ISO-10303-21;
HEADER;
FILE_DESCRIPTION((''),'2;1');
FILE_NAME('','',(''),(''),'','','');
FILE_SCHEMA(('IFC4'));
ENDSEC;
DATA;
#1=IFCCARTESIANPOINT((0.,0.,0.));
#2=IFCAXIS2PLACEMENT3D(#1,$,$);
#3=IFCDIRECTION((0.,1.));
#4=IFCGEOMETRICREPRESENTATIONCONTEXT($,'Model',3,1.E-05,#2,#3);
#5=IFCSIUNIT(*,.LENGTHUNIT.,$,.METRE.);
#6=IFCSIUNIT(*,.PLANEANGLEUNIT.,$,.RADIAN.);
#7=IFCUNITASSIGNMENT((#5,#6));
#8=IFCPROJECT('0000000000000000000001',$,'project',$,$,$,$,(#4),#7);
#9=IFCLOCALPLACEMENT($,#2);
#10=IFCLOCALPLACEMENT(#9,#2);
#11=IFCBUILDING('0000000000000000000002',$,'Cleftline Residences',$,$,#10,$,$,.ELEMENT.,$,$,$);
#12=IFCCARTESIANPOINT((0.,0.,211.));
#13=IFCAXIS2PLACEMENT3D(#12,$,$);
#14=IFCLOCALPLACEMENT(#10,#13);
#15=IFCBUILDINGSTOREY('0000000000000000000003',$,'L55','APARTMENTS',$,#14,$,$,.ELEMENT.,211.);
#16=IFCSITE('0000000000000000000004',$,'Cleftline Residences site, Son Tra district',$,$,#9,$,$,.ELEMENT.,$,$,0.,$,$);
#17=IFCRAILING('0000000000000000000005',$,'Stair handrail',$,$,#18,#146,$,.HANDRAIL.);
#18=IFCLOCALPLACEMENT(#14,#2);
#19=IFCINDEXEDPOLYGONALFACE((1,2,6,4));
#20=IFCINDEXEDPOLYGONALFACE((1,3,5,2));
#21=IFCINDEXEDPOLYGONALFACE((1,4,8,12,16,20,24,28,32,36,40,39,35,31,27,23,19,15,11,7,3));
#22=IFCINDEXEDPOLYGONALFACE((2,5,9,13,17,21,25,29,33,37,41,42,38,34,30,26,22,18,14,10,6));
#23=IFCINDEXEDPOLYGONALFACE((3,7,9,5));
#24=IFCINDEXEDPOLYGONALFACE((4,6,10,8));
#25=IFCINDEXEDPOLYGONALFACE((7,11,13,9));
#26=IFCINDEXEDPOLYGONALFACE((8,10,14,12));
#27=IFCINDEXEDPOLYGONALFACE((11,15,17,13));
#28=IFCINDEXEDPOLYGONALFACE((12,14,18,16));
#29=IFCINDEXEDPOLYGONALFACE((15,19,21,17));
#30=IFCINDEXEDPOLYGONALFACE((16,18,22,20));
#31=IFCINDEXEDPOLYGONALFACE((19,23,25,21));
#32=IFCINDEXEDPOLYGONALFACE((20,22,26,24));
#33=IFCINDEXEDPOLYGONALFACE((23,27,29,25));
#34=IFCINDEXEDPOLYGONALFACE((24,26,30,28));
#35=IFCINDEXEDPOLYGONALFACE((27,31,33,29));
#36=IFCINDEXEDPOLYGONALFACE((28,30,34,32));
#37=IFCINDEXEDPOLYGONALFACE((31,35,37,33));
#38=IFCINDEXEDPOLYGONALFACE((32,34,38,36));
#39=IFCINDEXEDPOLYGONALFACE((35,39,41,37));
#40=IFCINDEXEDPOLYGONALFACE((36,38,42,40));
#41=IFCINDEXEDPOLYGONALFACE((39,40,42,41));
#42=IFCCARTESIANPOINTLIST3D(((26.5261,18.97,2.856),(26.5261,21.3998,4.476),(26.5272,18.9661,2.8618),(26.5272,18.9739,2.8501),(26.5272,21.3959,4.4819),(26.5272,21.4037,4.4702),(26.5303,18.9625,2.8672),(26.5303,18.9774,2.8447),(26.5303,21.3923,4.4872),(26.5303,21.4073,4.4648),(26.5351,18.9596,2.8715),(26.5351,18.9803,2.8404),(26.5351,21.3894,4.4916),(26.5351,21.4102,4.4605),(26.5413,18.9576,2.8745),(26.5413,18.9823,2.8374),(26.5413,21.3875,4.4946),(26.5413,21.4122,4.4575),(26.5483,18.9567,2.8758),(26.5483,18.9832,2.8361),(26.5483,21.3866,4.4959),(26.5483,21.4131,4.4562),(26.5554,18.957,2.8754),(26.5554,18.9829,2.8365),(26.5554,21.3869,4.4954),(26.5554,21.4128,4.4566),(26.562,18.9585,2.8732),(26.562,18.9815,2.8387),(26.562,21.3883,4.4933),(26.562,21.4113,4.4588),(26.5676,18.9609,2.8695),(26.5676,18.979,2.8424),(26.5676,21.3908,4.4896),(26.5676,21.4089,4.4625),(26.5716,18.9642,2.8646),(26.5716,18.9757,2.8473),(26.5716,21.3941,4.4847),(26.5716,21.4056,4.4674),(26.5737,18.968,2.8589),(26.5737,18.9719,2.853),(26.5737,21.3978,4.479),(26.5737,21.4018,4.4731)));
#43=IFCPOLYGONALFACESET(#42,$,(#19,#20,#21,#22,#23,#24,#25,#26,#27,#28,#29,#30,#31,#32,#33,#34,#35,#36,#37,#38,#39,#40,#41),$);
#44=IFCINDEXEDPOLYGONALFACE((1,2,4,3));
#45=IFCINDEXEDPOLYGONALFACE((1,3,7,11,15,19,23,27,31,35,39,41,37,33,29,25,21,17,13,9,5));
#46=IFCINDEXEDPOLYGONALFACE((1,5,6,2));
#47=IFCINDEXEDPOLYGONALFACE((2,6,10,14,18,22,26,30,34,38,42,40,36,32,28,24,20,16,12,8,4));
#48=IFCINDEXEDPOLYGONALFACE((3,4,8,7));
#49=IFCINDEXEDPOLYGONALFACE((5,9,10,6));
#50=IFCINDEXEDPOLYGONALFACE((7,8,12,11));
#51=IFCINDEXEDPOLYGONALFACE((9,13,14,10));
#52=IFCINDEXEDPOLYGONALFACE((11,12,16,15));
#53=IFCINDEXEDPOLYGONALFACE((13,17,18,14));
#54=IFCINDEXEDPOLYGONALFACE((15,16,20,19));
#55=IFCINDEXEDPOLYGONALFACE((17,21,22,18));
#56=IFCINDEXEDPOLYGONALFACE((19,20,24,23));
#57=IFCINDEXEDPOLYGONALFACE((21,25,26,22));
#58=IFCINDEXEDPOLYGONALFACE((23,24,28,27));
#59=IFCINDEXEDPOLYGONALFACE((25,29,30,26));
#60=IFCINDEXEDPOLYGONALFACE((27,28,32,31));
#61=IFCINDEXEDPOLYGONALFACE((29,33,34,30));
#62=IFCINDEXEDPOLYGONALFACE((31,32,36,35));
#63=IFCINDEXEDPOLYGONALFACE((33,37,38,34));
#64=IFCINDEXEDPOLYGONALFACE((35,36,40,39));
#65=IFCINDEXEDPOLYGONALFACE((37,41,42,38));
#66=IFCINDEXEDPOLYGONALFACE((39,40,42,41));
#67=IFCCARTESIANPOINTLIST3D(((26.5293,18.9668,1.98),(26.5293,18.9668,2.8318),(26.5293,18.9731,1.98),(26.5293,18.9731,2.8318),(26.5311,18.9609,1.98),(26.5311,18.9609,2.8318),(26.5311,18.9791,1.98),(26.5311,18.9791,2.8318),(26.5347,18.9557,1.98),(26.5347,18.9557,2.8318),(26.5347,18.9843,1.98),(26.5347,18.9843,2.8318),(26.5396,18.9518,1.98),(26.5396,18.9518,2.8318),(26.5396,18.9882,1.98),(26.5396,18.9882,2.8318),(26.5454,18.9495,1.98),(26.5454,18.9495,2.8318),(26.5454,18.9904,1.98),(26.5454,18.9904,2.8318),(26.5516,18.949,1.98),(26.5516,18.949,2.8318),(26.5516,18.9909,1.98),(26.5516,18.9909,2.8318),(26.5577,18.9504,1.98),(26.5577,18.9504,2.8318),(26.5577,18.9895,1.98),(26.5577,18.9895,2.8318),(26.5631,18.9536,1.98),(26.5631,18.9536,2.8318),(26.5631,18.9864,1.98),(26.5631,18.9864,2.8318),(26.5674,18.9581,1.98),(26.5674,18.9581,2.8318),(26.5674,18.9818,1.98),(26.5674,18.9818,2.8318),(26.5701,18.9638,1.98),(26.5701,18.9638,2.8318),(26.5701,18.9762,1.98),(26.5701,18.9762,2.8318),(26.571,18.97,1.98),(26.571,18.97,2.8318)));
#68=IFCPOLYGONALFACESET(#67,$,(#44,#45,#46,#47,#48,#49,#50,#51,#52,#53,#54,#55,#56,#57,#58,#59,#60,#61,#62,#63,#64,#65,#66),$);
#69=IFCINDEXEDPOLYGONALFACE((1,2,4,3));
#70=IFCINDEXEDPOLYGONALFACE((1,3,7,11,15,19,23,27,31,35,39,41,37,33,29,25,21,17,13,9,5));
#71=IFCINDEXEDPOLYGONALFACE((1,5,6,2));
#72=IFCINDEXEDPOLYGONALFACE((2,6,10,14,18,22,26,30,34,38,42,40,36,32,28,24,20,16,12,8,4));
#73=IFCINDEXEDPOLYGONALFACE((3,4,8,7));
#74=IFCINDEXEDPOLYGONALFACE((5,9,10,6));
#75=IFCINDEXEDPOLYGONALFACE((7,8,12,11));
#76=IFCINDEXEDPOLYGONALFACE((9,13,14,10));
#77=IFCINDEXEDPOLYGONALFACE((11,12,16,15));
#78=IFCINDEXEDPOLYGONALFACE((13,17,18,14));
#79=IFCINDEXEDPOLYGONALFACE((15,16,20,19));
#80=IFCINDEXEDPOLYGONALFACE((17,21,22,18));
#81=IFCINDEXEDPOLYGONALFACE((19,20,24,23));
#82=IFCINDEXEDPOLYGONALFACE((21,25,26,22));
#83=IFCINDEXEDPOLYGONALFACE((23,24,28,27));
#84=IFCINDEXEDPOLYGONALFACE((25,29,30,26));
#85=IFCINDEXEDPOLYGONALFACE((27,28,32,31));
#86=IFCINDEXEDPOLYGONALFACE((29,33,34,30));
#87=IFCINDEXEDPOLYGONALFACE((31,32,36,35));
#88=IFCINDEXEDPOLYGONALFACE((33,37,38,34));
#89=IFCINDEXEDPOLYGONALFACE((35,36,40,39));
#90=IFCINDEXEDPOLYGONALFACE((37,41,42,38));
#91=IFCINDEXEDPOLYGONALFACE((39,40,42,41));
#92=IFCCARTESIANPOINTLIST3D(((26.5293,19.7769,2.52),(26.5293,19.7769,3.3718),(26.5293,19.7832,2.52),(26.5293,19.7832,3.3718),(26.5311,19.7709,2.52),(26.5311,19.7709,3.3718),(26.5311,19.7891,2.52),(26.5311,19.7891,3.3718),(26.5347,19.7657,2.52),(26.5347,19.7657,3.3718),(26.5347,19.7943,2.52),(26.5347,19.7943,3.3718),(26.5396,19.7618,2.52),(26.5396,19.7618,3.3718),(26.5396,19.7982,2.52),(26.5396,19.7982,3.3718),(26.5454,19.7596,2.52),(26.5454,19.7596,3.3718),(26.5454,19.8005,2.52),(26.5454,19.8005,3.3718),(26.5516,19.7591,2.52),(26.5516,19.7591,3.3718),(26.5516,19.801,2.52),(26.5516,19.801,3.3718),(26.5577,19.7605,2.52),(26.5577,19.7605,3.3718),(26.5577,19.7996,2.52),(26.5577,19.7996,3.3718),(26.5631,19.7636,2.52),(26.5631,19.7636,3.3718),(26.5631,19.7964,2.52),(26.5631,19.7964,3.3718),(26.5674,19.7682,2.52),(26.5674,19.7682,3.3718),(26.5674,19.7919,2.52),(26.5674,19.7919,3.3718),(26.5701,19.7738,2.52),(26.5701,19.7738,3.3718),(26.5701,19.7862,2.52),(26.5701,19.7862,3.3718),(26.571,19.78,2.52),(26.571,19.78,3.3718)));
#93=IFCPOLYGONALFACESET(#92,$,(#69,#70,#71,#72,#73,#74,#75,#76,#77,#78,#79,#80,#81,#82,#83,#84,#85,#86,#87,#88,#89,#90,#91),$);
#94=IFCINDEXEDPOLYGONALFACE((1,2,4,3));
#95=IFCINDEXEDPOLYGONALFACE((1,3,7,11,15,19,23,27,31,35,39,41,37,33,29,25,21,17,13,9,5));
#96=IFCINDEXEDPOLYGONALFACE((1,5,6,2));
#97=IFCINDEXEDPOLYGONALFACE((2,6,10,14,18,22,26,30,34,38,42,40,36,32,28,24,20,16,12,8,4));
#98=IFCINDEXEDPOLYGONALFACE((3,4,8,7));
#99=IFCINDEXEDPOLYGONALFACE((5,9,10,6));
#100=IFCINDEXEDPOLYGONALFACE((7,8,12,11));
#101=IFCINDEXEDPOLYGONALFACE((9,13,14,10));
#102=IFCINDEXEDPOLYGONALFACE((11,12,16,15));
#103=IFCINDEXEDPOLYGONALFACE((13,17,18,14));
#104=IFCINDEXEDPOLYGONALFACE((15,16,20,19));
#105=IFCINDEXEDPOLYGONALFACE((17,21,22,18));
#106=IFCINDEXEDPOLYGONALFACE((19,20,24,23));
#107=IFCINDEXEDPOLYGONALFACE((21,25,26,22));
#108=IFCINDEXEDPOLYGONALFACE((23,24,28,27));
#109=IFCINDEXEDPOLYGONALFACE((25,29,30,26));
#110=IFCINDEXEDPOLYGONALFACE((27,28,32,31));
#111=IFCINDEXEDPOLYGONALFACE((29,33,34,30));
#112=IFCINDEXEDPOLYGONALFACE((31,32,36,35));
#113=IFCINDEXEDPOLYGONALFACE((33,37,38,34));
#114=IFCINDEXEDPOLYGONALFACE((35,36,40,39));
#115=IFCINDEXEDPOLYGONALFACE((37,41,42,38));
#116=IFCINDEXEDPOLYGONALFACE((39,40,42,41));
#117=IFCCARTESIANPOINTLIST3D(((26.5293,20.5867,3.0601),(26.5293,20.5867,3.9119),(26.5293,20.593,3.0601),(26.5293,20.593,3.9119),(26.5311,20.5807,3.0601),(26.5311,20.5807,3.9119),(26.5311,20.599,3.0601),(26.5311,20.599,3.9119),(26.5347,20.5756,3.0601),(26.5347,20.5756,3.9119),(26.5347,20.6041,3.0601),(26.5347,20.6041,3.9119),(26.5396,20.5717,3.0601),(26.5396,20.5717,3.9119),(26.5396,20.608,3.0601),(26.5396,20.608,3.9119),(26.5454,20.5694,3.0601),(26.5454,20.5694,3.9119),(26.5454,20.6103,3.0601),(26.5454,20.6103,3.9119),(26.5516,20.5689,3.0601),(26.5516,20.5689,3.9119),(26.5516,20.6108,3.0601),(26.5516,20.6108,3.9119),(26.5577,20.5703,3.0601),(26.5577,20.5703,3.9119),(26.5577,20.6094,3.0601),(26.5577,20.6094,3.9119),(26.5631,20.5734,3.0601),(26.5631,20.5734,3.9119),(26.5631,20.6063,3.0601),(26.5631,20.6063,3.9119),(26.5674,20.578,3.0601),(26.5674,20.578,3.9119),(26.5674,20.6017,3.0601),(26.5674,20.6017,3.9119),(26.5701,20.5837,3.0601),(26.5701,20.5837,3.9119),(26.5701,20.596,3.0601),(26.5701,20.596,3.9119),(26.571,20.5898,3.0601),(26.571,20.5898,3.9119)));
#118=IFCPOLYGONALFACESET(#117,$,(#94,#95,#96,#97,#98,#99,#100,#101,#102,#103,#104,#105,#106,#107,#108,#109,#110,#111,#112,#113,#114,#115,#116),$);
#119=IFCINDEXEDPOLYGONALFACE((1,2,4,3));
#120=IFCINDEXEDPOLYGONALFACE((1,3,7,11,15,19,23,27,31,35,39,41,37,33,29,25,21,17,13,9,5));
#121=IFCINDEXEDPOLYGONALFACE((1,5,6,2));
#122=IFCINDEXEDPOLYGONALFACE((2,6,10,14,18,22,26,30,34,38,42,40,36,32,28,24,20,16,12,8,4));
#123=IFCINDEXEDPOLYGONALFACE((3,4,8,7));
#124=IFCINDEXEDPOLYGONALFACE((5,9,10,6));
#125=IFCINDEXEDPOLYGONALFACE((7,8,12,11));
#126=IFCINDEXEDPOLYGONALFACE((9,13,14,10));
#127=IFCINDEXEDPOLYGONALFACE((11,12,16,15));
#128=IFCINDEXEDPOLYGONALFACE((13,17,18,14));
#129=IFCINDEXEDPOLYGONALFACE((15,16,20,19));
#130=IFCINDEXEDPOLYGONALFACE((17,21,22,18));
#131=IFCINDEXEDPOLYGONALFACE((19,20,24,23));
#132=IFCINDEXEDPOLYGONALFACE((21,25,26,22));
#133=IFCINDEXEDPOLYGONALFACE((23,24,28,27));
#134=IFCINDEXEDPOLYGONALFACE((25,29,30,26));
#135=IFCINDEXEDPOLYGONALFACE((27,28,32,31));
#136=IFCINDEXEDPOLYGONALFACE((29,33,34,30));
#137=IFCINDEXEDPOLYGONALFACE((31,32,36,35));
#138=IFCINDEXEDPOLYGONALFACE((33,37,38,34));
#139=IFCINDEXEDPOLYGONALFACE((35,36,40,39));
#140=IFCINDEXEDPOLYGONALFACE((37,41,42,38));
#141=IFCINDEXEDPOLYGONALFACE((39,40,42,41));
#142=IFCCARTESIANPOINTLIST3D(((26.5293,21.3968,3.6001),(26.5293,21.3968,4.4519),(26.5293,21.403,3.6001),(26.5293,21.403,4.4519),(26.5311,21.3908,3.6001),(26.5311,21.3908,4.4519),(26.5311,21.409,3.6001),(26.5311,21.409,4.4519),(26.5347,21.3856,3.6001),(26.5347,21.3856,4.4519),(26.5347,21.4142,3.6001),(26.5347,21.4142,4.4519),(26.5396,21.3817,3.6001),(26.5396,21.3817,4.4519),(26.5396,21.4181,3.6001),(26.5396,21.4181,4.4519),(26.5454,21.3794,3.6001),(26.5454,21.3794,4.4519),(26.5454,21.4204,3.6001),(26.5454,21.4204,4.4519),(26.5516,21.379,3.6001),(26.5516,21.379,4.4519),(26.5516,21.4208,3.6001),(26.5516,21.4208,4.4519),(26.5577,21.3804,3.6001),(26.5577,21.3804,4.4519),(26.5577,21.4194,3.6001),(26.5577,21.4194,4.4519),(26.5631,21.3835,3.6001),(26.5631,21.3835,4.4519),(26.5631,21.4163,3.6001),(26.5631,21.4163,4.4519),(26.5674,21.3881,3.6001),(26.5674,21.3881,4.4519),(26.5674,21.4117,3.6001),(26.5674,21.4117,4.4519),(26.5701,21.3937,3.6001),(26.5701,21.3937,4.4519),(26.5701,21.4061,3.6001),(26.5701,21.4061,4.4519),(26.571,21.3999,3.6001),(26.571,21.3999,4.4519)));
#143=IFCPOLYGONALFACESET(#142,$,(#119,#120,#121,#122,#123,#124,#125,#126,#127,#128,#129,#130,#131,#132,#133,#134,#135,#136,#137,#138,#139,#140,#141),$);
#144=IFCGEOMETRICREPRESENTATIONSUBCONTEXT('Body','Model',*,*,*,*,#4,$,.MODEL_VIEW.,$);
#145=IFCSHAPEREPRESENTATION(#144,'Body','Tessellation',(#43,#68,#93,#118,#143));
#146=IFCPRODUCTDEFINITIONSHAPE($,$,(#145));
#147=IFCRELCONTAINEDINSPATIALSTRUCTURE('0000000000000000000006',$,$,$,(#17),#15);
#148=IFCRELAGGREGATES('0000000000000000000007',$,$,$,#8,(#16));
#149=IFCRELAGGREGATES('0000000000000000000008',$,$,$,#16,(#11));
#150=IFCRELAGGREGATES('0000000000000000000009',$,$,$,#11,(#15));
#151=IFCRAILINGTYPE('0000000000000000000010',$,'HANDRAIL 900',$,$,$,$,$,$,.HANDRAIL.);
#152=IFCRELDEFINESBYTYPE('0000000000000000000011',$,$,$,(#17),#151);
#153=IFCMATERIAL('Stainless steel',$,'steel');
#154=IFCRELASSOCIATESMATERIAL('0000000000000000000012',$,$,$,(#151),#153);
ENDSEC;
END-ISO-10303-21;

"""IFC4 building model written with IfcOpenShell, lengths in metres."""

from ifc_helpers import new_model, si_unit, direction, frame, origin, origin_2d, place, context, subcontext, project, spatial, circle, extrude, material, type_object, element, save


model = new_model("IFC4")

# Units and contexts
model_context = context("Model", 3, precision=1e-05, world=origin(), true_north=direction((0.0, 1.0)))
body_context = subcontext(model_context, "Body", "Model", "MODEL_VIEW")
ifc_project = project(units=[si_unit("LENGTHUNIT", "METRE"), si_unit("PLANEANGLEUNIT", "RADIAN")], contexts=[model_context])

# Site, building, storey
site_placement = place(None, origin())
site = spatial("IfcSite", under=ifc_project, at=site_placement, Name="Cleftline Residences site, Son Tra district", CompositionType="ELEMENT", RefElevation=0.0)
building_placement = place(site_placement, origin())
building = spatial("IfcBuilding", under=site, at=building_placement, Name="Cleftline Residences", CompositionType="ELEMENT")
storey_placement = place(building_placement, frame((0.0, 0.0, 211.0)))
storey = spatial("IfcBuildingStorey", under=building, at=storey_placement, Name="L55", Description="APARTMENTS", CompositionType="ELEMENT", Elevation=211.0)

# Railing
ifc_material_1 = material(Name="Stainless steel", Category="steel")
railing_type = type_object("IfcRailingType", Name="HANDRAIL 900", PredefinedType="HANDRAIL", material=ifc_material_1)
railing_1_placement = place(storey_placement, frame((26.55, 18.97, 1.98)))
element("IfcRailing", 1, at=railing_1_placement, inside=storey, type_object=railing_type, Name="Stair handrail", PredefinedType="HANDRAIL", context=body_context, shape_type="SweptSolid", body=[
    extrude(circle(Radius=0.0239, at=origin_2d()), frame((0.0, 0.0, 0.876), z_axis=(0.0, 0.832025, 0.554739), x_axis=(-1.0, 0.0, 0.0)), (0.0, 0.0, 1.0), 2.9204),
    extrude(circle(Radius=0.021, at=origin_2d()), origin(), (0.0, 0.0, 1.0), 0.8518),
    extrude(circle(Radius=0.021, at=origin_2d()), frame((0.0, 0.8101, 0.54)), (0.0, 0.0, 1.0), 0.8518),
    extrude(circle(Radius=0.021, at=origin_2d()), frame((0.0, 1.6199, 1.0801)), (0.0, 0.0, 1.0), 0.8518),
    extrude(circle(Radius=0.021, at=origin_2d()), frame((0.0, 2.4299, 1.6201)), (0.0, 0.0, 1.0), 0.8518),
])

save(model, "model.ifc")
